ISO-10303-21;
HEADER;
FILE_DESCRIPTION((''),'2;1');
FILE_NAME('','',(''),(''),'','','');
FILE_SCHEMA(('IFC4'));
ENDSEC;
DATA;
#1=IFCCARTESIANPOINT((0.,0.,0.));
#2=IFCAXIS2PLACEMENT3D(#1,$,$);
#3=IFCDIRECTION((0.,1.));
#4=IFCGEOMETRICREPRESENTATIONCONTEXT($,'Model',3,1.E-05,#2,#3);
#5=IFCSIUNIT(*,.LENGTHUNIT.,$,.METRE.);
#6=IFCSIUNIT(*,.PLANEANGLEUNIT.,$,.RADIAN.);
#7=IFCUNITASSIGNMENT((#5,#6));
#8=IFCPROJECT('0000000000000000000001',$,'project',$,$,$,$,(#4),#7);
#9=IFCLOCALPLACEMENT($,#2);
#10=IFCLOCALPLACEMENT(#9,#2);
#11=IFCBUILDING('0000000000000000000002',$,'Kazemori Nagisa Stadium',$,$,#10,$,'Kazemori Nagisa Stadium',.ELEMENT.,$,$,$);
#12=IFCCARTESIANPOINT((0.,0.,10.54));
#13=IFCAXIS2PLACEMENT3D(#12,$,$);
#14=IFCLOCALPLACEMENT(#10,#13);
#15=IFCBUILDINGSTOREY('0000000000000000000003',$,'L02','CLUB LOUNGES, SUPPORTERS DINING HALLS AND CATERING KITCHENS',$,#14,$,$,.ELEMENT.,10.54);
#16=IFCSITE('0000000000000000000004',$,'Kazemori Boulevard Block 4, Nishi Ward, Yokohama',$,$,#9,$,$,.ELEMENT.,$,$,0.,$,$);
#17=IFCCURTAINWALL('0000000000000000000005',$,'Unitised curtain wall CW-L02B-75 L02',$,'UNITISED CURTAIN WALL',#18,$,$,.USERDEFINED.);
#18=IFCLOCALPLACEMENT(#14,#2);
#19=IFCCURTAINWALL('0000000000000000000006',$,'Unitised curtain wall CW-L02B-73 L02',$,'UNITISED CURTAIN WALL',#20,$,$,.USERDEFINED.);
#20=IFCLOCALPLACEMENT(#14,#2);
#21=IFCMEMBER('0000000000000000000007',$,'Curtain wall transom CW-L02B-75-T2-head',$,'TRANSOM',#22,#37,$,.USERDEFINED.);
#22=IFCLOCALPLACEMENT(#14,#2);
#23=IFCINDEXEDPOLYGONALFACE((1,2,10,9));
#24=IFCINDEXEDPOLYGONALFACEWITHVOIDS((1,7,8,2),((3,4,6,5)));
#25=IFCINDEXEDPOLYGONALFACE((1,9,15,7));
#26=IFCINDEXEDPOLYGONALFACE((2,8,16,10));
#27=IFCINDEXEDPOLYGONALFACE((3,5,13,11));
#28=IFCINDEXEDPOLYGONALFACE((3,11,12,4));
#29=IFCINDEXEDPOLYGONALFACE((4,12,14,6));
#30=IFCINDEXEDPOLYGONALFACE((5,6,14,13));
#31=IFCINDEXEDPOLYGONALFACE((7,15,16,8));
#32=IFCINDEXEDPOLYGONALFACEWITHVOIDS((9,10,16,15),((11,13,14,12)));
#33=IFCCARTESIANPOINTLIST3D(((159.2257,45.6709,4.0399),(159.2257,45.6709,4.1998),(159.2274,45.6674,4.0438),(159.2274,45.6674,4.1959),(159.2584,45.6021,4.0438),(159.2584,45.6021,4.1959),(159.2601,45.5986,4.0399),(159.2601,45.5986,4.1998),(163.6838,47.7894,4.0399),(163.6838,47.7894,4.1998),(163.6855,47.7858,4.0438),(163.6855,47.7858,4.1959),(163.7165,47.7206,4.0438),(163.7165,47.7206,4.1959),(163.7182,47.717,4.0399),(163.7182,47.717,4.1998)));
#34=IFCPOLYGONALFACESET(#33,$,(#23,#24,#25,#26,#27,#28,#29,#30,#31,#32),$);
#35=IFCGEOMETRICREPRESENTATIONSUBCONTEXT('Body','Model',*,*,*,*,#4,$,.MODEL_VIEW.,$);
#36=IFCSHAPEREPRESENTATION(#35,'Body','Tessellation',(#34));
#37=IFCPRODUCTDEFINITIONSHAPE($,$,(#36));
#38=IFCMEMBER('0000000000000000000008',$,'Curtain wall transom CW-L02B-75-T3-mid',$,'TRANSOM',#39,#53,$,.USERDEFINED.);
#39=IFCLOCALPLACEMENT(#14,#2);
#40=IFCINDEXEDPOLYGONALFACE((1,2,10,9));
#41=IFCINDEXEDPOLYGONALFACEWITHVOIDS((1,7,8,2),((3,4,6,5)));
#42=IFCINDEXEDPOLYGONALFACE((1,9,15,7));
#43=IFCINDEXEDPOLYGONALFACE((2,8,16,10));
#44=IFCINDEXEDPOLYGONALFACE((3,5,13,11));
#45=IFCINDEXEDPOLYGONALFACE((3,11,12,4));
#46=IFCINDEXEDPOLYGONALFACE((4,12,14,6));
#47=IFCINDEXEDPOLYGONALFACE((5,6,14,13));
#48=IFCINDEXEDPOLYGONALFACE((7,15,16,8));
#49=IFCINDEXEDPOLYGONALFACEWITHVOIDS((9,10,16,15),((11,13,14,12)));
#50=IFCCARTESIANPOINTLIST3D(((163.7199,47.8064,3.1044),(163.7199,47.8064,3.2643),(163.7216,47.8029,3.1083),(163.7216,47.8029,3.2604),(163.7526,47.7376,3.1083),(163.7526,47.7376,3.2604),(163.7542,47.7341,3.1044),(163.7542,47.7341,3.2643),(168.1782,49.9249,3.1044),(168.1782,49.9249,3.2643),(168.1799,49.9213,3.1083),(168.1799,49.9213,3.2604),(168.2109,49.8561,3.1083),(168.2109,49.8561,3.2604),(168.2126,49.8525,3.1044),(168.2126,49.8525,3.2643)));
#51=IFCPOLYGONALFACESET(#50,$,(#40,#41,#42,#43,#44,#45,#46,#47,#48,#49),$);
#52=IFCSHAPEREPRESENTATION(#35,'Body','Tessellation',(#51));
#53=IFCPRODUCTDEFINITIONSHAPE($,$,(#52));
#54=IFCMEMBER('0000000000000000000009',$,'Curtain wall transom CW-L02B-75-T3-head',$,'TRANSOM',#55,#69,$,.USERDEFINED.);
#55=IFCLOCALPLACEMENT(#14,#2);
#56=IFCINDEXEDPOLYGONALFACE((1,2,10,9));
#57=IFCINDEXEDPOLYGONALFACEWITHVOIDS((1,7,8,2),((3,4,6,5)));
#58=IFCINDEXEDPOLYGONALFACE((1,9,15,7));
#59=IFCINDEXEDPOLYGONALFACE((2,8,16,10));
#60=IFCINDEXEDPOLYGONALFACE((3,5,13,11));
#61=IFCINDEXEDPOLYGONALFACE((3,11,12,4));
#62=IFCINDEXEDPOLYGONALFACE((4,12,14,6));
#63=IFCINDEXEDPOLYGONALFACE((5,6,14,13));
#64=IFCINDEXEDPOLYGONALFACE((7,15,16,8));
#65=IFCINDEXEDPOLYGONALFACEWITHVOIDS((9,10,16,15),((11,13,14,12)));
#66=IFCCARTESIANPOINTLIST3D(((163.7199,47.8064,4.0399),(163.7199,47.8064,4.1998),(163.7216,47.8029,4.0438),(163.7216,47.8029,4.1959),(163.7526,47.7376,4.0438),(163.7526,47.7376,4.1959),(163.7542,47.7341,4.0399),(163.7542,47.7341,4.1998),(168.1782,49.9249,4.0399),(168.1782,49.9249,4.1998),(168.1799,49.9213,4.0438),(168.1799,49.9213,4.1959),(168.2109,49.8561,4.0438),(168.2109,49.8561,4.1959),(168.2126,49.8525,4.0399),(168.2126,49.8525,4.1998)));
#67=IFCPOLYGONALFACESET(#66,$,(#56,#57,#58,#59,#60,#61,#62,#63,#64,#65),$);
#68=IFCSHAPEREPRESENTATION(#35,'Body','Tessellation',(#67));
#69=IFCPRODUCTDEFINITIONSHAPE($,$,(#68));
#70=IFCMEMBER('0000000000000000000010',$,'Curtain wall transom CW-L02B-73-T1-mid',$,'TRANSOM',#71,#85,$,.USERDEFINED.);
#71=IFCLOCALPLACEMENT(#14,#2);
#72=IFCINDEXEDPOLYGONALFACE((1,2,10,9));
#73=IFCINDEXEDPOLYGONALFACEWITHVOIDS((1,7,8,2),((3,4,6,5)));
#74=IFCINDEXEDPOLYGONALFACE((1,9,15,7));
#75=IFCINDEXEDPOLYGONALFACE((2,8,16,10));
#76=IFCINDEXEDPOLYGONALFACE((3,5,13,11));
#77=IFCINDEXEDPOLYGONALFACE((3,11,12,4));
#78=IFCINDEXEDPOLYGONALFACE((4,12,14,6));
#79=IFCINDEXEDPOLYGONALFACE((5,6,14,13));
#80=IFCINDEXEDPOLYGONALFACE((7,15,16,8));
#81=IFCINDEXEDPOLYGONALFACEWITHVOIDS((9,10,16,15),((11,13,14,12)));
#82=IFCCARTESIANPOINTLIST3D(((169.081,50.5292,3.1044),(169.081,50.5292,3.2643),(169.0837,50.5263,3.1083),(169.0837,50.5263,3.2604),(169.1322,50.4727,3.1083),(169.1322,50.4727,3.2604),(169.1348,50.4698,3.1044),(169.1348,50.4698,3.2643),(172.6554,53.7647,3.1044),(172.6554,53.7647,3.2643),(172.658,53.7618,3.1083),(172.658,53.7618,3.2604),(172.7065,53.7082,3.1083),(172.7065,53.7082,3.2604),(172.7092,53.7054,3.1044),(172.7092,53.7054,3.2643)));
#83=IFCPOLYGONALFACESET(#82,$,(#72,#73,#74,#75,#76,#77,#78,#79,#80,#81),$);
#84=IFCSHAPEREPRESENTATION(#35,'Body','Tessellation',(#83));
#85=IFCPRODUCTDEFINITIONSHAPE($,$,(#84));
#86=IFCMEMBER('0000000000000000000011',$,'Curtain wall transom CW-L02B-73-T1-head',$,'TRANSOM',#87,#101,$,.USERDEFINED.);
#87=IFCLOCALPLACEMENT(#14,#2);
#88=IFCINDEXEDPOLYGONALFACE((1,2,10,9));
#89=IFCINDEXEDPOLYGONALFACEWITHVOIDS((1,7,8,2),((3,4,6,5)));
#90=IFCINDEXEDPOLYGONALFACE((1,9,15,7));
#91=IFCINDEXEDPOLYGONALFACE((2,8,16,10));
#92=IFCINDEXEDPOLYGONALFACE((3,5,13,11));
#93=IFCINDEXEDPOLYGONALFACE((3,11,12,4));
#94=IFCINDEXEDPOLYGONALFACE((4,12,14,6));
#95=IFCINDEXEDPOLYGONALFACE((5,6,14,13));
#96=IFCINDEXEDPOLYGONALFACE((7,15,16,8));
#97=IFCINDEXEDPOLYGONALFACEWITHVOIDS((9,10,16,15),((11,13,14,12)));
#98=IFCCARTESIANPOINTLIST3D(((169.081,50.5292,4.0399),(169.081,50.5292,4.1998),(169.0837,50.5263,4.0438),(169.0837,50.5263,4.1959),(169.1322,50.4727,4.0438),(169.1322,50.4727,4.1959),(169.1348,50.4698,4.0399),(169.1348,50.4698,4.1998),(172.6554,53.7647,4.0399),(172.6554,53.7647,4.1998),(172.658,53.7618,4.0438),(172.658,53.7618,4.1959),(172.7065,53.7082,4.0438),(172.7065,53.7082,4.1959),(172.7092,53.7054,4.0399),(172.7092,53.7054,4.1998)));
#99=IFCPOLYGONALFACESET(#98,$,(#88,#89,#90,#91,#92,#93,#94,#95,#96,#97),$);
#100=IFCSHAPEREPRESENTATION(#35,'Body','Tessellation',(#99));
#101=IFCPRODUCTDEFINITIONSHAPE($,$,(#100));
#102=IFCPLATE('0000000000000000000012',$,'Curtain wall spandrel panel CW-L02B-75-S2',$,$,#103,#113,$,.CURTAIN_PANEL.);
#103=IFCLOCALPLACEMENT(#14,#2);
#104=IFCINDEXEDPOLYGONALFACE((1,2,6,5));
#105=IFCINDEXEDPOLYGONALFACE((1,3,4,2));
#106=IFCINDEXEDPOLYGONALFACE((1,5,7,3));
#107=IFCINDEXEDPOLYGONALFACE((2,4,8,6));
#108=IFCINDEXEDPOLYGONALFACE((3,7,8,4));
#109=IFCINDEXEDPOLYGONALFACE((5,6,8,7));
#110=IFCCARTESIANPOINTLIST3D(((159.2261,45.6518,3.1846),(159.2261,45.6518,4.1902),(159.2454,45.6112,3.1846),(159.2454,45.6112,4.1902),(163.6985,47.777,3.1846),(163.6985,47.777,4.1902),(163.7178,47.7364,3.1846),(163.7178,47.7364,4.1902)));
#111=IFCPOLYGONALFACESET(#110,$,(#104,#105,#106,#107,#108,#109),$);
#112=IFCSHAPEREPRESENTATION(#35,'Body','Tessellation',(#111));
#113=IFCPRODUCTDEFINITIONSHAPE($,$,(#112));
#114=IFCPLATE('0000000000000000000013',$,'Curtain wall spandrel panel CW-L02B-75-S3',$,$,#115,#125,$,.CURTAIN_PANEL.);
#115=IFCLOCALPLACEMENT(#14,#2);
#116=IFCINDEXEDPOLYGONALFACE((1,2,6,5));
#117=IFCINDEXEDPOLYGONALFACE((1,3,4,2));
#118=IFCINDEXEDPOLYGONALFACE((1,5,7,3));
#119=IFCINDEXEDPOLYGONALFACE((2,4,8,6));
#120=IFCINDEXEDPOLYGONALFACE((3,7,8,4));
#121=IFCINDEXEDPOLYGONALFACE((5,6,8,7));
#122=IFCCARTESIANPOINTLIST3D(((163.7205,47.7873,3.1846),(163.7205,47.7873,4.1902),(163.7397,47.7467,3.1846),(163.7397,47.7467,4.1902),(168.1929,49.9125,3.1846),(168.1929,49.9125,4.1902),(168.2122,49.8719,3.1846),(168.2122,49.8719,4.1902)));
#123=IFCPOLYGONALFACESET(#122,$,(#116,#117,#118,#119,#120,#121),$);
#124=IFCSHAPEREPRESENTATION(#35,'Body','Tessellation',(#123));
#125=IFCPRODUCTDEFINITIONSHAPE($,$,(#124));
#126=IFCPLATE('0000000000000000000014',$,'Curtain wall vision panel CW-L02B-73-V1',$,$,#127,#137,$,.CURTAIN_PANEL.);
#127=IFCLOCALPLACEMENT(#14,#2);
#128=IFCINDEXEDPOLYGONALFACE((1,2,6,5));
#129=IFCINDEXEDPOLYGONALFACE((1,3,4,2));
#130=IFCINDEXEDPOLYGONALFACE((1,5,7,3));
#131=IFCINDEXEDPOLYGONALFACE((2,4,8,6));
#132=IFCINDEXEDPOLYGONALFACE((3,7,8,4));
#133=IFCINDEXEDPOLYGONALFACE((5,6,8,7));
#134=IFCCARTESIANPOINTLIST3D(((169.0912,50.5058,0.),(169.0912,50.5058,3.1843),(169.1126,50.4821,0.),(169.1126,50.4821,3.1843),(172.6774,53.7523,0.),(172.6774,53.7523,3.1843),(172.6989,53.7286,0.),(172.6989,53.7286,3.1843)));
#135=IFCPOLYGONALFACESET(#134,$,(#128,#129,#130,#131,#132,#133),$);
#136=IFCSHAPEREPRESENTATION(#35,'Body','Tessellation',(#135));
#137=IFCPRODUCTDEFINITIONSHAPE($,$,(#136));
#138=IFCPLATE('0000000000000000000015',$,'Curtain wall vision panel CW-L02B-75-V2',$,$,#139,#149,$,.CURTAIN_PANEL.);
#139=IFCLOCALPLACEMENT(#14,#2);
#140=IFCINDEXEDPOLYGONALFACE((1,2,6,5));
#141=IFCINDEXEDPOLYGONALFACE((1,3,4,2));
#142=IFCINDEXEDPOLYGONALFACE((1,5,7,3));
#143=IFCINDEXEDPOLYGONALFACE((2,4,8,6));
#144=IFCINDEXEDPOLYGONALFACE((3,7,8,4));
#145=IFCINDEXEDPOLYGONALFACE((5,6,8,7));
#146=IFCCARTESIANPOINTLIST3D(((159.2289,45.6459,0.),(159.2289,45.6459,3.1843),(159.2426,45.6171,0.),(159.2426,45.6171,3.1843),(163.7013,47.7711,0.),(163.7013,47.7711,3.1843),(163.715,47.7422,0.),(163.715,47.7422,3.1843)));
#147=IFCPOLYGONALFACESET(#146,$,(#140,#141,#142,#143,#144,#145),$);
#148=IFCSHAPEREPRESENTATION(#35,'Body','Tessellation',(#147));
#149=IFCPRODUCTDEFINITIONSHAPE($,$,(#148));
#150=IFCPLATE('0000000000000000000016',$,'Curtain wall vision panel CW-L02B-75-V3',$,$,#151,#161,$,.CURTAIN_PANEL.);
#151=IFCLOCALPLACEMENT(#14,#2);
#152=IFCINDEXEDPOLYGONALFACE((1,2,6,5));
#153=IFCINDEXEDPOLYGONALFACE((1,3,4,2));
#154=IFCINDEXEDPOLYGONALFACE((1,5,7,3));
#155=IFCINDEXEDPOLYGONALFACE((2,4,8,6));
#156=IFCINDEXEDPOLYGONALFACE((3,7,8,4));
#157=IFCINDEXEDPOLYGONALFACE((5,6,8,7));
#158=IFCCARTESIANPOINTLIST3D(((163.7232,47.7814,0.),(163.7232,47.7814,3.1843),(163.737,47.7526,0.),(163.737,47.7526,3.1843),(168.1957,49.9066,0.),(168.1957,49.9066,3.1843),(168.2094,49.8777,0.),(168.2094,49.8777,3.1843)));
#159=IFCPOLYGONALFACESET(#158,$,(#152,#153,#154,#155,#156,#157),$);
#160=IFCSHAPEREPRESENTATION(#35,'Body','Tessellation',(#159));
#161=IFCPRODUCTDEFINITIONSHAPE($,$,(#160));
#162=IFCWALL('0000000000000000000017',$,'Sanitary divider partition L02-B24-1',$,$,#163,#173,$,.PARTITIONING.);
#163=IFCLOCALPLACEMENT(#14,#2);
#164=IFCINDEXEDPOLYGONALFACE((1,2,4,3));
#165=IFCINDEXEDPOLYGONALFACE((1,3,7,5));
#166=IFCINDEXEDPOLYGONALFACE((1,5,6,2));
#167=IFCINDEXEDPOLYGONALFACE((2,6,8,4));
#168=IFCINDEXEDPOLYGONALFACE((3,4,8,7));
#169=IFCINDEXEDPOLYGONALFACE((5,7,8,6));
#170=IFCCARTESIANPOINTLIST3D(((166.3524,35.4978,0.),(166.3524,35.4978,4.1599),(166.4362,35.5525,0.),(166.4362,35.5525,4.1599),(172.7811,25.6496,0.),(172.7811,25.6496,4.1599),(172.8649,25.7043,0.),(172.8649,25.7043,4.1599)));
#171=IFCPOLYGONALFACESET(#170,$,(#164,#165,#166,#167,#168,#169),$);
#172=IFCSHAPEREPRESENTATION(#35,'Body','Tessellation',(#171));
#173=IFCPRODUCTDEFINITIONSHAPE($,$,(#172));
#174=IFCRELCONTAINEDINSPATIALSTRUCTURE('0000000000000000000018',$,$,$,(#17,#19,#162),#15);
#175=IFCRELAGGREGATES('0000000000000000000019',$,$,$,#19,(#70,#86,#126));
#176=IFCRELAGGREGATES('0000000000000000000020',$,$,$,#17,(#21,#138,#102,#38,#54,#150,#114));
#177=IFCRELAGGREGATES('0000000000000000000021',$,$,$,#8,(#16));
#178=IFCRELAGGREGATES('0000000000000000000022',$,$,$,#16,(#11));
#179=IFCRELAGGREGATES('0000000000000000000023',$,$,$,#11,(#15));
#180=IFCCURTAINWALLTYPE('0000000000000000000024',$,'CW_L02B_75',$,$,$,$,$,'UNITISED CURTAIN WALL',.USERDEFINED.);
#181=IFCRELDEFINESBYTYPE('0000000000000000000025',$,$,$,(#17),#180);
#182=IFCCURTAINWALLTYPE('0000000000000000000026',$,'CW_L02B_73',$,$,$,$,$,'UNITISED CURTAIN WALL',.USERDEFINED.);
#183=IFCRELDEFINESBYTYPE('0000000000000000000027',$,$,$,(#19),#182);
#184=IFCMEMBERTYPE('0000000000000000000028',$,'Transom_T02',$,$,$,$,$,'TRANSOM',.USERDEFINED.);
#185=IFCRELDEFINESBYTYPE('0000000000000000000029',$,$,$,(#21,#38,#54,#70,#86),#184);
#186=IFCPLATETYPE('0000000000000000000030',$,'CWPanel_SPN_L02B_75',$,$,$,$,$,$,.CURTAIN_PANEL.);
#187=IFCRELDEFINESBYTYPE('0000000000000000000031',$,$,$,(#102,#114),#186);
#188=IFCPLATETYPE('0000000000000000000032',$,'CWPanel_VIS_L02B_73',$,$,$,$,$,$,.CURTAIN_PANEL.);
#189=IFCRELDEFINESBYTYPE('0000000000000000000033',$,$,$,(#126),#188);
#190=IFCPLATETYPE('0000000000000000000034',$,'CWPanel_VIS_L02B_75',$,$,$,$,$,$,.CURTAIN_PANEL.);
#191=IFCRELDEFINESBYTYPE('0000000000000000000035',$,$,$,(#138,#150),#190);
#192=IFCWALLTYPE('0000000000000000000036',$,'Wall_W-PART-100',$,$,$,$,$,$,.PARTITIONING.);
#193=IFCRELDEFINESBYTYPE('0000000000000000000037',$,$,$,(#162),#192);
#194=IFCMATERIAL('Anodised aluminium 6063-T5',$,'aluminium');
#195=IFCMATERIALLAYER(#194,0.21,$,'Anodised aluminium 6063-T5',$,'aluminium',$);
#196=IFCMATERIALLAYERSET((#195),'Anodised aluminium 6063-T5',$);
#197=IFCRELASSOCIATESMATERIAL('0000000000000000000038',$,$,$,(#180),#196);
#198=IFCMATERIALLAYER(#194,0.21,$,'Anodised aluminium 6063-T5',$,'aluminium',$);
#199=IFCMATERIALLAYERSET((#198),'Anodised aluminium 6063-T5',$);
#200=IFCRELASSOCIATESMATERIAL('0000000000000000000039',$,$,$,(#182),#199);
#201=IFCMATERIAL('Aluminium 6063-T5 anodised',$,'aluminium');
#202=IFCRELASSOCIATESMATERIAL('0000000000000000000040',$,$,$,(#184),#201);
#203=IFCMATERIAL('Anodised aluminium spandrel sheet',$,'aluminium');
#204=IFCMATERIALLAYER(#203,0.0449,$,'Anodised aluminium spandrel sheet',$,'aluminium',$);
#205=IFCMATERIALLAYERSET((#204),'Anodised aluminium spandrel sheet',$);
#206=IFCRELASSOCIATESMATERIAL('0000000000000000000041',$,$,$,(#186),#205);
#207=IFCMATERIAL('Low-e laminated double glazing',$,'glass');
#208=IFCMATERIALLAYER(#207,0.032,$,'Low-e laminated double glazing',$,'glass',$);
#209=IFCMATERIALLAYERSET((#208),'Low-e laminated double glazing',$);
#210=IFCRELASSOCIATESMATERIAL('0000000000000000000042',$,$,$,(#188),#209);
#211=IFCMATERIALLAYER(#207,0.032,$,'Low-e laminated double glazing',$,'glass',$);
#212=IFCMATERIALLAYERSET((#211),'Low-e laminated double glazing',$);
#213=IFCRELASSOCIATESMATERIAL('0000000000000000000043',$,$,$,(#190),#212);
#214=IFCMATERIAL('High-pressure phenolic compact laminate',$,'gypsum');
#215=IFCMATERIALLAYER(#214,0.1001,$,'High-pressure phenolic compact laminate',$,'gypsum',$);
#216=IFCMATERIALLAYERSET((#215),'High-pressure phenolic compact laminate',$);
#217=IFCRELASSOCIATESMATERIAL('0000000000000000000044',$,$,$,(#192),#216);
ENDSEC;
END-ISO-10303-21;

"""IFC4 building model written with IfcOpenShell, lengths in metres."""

from ifc_helpers import new_model, si_unit, direction, frame, frame_2d, origin, origin_2d, place, context, subcontext, project, spatial, rectangle, hollow_rectangle, extrude, material, layer, layer_set, material_profile, profile_set, type_object, element, aggregate, save


model = new_model("IFC4")

# Units and contexts
model_context = context("Model", 3, precision=1e-05, world=origin(), true_north=direction((0.0, 1.0)))
body_context = subcontext(model_context, "Body", "Model", "MODEL_VIEW")
ifc_project = project(units=[si_unit("LENGTHUNIT", "METRE"), si_unit("PLANEANGLEUNIT", "RADIAN")], contexts=[model_context])

# Site, building, storey
site_placement = place(None, origin())
site = spatial("IfcSite", under=ifc_project, at=site_placement, Name="Kazemori Boulevard Block 4, Nishi Ward, Yokohama", CompositionType="ELEMENT", RefElevation=0.0)
building_placement = place(site_placement, origin())
building = spatial("IfcBuilding", under=site, at=building_placement, Name="Kazemori Nagisa Stadium", LongName="Kazemori Nagisa Stadium", CompositionType="ELEMENT")
storey_placement = place(building_placement, frame((0.0, 0.0, 10.54)))
storey = spatial("IfcBuildingStorey", under=building, at=storey_placement, Name="L02", Description="CLUB LOUNGES, SUPPORTERS DINING HALLS AND CATERING KITCHENS", CompositionType="ELEMENT", Elevation=10.54)

# Curtain wall
ifc_material_1 = material(Name="Anodised aluminium 6063-T5", Category="aluminium")
ifc_layer_1 = layer(ifc_material_1, 0.21, Name="Anodised aluminium 6063-T5", Category="aluminium")
ifc_layer_set_1 = layer_set([ifc_layer_1], Name="Anodised aluminium 6063-T5")
curtain_wall_type_1 = type_object("IfcCurtainWallType", Name="CW_L02B_75", ElementType="UNITISED CURTAIN WALL", PredefinedType="USERDEFINED", material=ifc_layer_set_1)
curtain_wall_1_placement = place(storey_placement, origin())
curtain_wall_1 = element("IfcCurtainWall", 1, at=curtain_wall_1_placement, inside=storey, type_object=curtain_wall_type_1, Name="Unitised curtain wall CW-L02B-75 L02", ObjectType="UNITISED CURTAIN WALL", PredefinedType="USERDEFINED")
ifc_material_2 = material(Name="Aluminium 6063-T5 anodised", Category="aluminium")

# Curtain wall
ifc_layer_2 = layer(ifc_material_1, 0.21, Name="Anodised aluminium 6063-T5", Category="aluminium")
ifc_layer_set_2 = layer_set([ifc_layer_2], Name="Anodised aluminium 6063-T5")
curtain_wall_type_2 = type_object("IfcCurtainWallType", Name="CW_L02B_73", ElementType="UNITISED CURTAIN WALL", PredefinedType="USERDEFINED", material=ifc_layer_set_2)
curtain_wall_2_placement = place(storey_placement, origin())
curtain_wall_2 = element("IfcCurtainWall", 2, at=curtain_wall_2_placement, inside=storey, type_object=curtain_wall_type_2, Name="Unitised curtain wall CW-L02B-73 L02", ObjectType="UNITISED CURTAIN WALL", PredefinedType="USERDEFINED")

# Members
ifc_material_profile_1 = material_profile(ifc_material_2, hollow_rectangle(XDim=0.0801, YDim=0.1599, WallThickness=0.0039, at=origin_2d()), Name="ALU-TRAN-80x160x4")
ifc_profile_set_1 = profile_set([ifc_material_profile_1], Name="Aluminium 6063-T5 anodised")
member_type_1 = type_object("IfcMemberType", Name="Transom_T02", ElementType="TRANSOM", PredefinedType="USERDEFINED", material=ifc_profile_set_1)
member_1_placement = place(storey_placement, frame((159.2429, 45.6348, 4.1199), z_axis=(0.90321, 0.429198, 0.0), x_axis=(-0.429198, 0.90321, 0.0)))
member_1 = element("IfcMember", 3, at=member_1_placement, type_object=member_type_1, Name="Curtain wall transom CW-L02B-75-T2-head", ObjectType="TRANSOM", PredefinedType="USERDEFINED", context=body_context, shape_type="SweptSolid", body=[
    extrude(hollow_rectangle(XDim=0.0801, YDim=0.1599, WallThickness=0.0039, at=origin_2d()), origin(), (0.0, 0.0, 1.0), 4.9358),
])
member_2_placement = place(storey_placement, frame((163.7371, 47.7703, 3.1843), z_axis=(0.90322, 0.429179, 0.0), x_axis=(-0.429179, 0.90322, 0.0)))
member_2 = element("IfcMember", 4, at=member_2_placement, type_object=member_type_1, Name="Curtain wall transom CW-L02B-75-T3-mid", ObjectType="TRANSOM", PredefinedType="USERDEFINED", context=body_context, shape_type="SweptSolid", body=[
    extrude(hollow_rectangle(XDim=0.0801, YDim=0.1599, WallThickness=0.0039, at=origin_2d()), origin(), (0.0, 0.0, 1.0), 4.936),
])
member_3_placement = place(storey_placement, frame((163.7371, 47.7703, 4.1199), z_axis=(0.90322, 0.429179, 0.0), x_axis=(-0.429179, 0.90322, 0.0)))
member_3 = element("IfcMember", 5, at=member_3_placement, type_object=member_type_1, Name="Curtain wall transom CW-L02B-75-T3-head", ObjectType="TRANSOM", PredefinedType="USERDEFINED", context=body_context, shape_type="SweptSolid", body=[
    extrude(hollow_rectangle(XDim=0.0801, YDim=0.1599, WallThickness=0.0039, at=origin_2d()), origin(), (0.0, 0.0, 1.0), 4.936),
])
member_4_placement = place(storey_placement, frame((169.1079, 50.4995, 3.1843), z_axis=(0.741375, 0.671091, 0.0), x_axis=(-0.671091, 0.741375, 0.0)))
member_4 = element("IfcMember", 6, at=member_4_placement, type_object=member_type_1, Name="Curtain wall transom CW-L02B-73-T1-mid", ObjectType="TRANSOM", PredefinedType="USERDEFINED", context=body_context, shape_type="SweptSolid", body=[
    extrude(hollow_rectangle(XDim=0.0801, YDim=0.1599, WallThickness=0.0039, at=origin_2d()), origin(), (0.0, 0.0, 1.0), 4.8213),
])
member_5_placement = place(storey_placement, frame((169.1079, 50.4995, 4.1199), z_axis=(0.741375, 0.671091, 0.0), x_axis=(-0.671091, 0.741375, 0.0)))
member_5 = element("IfcMember", 7, at=member_5_placement, type_object=member_type_1, Name="Curtain wall transom CW-L02B-73-T1-head", ObjectType="TRANSOM", PredefinedType="USERDEFINED", context=body_context, shape_type="SweptSolid", body=[
    extrude(hollow_rectangle(XDim=0.0801, YDim=0.1599, WallThickness=0.0039, at=origin_2d()), origin(), (0.0, 0.0, 1.0), 4.8213),
])

# Plates
ifc_material_3 = material(Name="Anodised aluminium spandrel sheet", Category="aluminium")
ifc_layer_3 = layer(ifc_material_3, 0.0449, Name="Anodised aluminium spandrel sheet", Category="aluminium")
ifc_layer_set_3 = layer_set([ifc_layer_3], Name="Anodised aluminium spandrel sheet")
plate_type_1 = type_object("IfcPlateType", Name="CWPanel_SPN_L02B_75", PredefinedType="CURTAIN_PANEL", material=ifc_layer_set_3)
plate_1_placement = place(storey_placement, frame((161.4719, 46.6941, 3.1846), z_axis=(0.0, 0.0, 1.0), x_axis=(0.903216, 0.429186, 0.0)))
plate_1 = element("IfcPlate", 8, at=plate_1_placement, type_object=plate_type_1, Name="Curtain wall spandrel panel CW-L02B-75-S2", PredefinedType="CURTAIN_PANEL", context=body_context, shape_type="SweptSolid", body=[
    extrude(rectangle(XDim=4.9517, YDim=0.0449, at=origin_2d()), origin(), (0.0, 0.0, 1.0), 1.0056),
])
plate_2_placement = place(storey_placement, frame((165.9663, 48.8296, 3.1846), z_axis=(0.0, 0.0, 1.0), x_axis=(0.903216, 0.429186, 0.0)))
plate_2 = element("IfcPlate", 9, at=plate_2_placement, type_object=plate_type_1, Name="Curtain wall spandrel panel CW-L02B-75-S3", PredefinedType="CURTAIN_PANEL", context=body_context, shape_type="SweptSolid", body=[
    extrude(rectangle(XDim=4.9517, YDim=0.0449, at=origin_2d()), origin(), (0.0, 0.0, 1.0), 1.0056),
])
ifc_material_4 = material(Name="Low-e laminated double glazing", Category="glass")
ifc_layer_4 = layer(ifc_material_4, 0.032, Name="Low-e laminated double glazing", Category="glass")
ifc_layer_set_4 = layer_set([ifc_layer_4], Name="Low-e laminated double glazing")
plate_type_2 = type_object("IfcPlateType", Name="CWPanel_VIS_L02B_73", PredefinedType="CURTAIN_PANEL", material=ifc_layer_set_4)
plate_3_placement = place(storey_placement, frame((170.895, 52.1172, 0.0), z_axis=(0.0, 0.0, 1.0), x_axis=(0.741351, 0.671118, 0.0)))
plate_3 = element("IfcPlate", 10, at=plate_3_placement, type_object=plate_type_2, Name="Curtain wall vision panel CW-L02B-73-V1", PredefinedType="CURTAIN_PANEL", context=body_context, shape_type="SweptSolid", body=[
    extrude(rectangle(XDim=4.8374, YDim=0.032, at=origin_2d()), origin(), (0.0, 0.0, 1.0), 3.1843),
])
aggregate(curtain_wall_2, [member_4, member_5, plate_3])
ifc_layer_5 = layer(ifc_material_4, 0.032, Name="Low-e laminated double glazing", Category="glass")
ifc_layer_set_5 = layer_set([ifc_layer_5], Name="Low-e laminated double glazing")
plate_type_3 = type_object("IfcPlateType", Name="CWPanel_VIS_L02B_75", PredefinedType="CURTAIN_PANEL", material=ifc_layer_set_5)
plate_4_placement = place(storey_placement, frame((161.4719, 46.6941, 0.0), z_axis=(0.0, 0.0, 1.0), x_axis=(0.903216, 0.429186, 0.0)))
plate_4 = element("IfcPlate", 11, at=plate_4_placement, type_object=plate_type_3, Name="Curtain wall vision panel CW-L02B-75-V2", PredefinedType="CURTAIN_PANEL", context=body_context, shape_type="SweptSolid", body=[
    extrude(rectangle(XDim=4.9517, YDim=0.032, at=origin_2d()), origin(), (0.0, 0.0, 1.0), 3.1843),
])
plate_5_placement = place(storey_placement, frame((165.9663, 48.8296, 0.0), z_axis=(0.0, 0.0, 1.0), x_axis=(0.903216, 0.429186, 0.0)))
plate_5 = element("IfcPlate", 12, at=plate_5_placement, type_object=plate_type_3, Name="Curtain wall vision panel CW-L02B-75-V3", PredefinedType="CURTAIN_PANEL", context=body_context, shape_type="SweptSolid", body=[
    extrude(rectangle(XDim=4.9517, YDim=0.032, at=origin_2d()), origin(), (0.0, 0.0, 1.0), 3.1843),
])
aggregate(curtain_wall_1, [member_1, plate_4, plate_1, member_2, member_3, plate_5, plate_2])

# Wall
ifc_material_5 = material(Name="High-pressure phenolic compact laminate", Category="gypsum")
ifc_layer_6 = layer(ifc_material_5, 0.1001, Name="High-pressure phenolic compact laminate", Category="gypsum")
ifc_layer_set_6 = layer_set([ifc_layer_6], Name="High-pressure phenolic compact laminate")
wall_type_1 = type_object("IfcWallType", Name="Wall_W-PART-100", PredefinedType="PARTITIONING", material=ifc_layer_set_6)
wall_1_placement = place(storey_placement, frame((166.3943, 35.5251, 0.0), z_axis=(0.0, 0.0, 1.0), x_axis=(0.546626, -0.837377, 0.0)))
element("IfcWall", 13, at=wall_1_placement, inside=storey, type_object=wall_type_1, Name="Sanitary divider partition L02-B24-1", PredefinedType="PARTITIONING", context=body_context, shape_type="SweptSolid", body=[
    extrude(rectangle(XDim=11.7607, YDim=0.1001, at=frame_2d((5.8804, 0.0))), origin(), (0.0, 0.0, 1.0), 4.1599),
])

save(model, "model.ifc")
